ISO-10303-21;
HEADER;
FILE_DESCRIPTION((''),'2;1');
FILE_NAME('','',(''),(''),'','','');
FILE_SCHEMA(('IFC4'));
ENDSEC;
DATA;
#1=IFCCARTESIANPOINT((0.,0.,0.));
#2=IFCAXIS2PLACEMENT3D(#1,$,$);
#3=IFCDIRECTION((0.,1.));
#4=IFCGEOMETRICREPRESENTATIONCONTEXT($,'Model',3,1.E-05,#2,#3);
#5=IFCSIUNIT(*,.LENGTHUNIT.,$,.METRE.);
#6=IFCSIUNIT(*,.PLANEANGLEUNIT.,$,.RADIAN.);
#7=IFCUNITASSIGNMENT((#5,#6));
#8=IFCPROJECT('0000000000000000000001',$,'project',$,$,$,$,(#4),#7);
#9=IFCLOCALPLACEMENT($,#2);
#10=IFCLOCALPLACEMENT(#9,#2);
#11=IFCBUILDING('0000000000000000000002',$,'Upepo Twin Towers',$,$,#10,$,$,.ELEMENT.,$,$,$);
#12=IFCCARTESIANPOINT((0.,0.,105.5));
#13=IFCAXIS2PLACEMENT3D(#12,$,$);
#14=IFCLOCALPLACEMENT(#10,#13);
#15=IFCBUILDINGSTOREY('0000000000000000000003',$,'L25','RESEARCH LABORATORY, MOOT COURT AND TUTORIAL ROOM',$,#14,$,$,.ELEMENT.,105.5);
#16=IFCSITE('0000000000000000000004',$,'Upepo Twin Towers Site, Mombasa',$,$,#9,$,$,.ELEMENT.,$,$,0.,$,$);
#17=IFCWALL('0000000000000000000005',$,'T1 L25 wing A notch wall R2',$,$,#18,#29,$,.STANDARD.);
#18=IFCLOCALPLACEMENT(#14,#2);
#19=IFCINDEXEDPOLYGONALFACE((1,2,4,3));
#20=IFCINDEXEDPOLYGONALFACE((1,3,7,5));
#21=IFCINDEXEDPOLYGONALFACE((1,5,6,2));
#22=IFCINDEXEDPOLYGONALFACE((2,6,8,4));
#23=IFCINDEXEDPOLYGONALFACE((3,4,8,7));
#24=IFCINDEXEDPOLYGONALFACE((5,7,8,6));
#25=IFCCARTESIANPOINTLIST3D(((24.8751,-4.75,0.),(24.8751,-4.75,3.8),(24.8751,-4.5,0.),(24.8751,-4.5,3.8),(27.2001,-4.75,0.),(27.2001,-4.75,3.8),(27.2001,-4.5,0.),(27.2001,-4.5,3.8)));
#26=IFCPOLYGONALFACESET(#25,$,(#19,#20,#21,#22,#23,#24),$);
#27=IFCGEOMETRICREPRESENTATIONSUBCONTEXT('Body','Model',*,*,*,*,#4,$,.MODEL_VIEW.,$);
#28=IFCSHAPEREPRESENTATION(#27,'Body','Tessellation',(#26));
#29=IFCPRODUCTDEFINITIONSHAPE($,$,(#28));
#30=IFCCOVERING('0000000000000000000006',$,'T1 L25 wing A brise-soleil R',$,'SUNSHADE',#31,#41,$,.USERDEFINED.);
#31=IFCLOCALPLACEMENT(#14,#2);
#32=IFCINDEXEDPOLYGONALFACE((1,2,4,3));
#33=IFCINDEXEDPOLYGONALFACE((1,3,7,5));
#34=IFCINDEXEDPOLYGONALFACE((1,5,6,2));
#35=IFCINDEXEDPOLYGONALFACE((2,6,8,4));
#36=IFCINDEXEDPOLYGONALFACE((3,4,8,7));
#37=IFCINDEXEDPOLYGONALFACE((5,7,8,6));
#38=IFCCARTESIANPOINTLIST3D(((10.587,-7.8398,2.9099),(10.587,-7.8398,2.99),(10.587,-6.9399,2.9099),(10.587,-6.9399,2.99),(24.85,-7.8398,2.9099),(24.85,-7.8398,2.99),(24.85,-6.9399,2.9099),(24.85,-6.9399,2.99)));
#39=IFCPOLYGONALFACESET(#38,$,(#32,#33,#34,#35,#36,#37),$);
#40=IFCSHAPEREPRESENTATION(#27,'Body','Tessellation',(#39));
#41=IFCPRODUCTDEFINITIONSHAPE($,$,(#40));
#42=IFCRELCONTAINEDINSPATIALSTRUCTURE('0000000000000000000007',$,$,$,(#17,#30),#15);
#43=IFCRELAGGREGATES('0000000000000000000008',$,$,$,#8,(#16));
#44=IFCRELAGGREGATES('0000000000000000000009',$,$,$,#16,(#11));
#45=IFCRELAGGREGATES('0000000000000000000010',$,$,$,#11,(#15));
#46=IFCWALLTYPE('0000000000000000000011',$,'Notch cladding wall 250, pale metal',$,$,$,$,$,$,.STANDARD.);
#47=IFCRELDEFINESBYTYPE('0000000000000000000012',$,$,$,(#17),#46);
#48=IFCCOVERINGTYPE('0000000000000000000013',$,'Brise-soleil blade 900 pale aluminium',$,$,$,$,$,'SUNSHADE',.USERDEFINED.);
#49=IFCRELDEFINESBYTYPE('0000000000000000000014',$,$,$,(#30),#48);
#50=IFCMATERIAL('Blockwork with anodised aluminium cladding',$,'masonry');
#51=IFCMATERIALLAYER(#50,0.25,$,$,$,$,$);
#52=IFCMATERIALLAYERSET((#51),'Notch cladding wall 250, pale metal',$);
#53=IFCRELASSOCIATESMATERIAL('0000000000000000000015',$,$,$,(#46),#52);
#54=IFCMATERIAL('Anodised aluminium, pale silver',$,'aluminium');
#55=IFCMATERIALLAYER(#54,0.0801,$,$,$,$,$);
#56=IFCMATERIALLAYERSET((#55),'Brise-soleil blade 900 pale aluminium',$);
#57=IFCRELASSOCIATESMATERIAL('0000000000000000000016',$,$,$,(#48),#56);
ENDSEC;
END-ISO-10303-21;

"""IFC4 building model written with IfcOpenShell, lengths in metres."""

from ifc_helpers import new_model, si_unit, direction, frame, frame_2d, origin, origin_2d, place, context, subcontext, project, spatial, rectangle, extrude, material, layer, layer_set, type_object, element, save


model = new_model("IFC4")

# Units and contexts
model_context = context("Model", 3, precision=1e-05, world=origin(), true_north=direction((0.0, 1.0)))
body_context = subcontext(model_context, "Body", "Model", "MODEL_VIEW")
ifc_project = project(units=[si_unit("LENGTHUNIT", "METRE"), si_unit("PLANEANGLEUNIT", "RADIAN")], contexts=[model_context])

# Site, building, storey
site_placement = place(None, origin())
site = spatial("IfcSite", under=ifc_project, at=site_placement, Name="Upepo Twin Towers Site, Mombasa", CompositionType="ELEMENT", RefElevation=0.0)
building_placement = place(site_placement, origin())
building = spatial("IfcBuilding", under=site, at=building_placement, Name="Upepo Twin Towers", CompositionType="ELEMENT")
storey_placement = place(building_placement, frame((0.0, 0.0, 105.5)))
storey = spatial("IfcBuildingStorey", under=building, at=storey_placement, Name="L25", Description="RESEARCH LABORATORY, MOOT COURT AND TUTORIAL ROOM", CompositionType="ELEMENT", Elevation=105.5)

# Wall
ifc_material_1 = material(Name="Blockwork with anodised aluminium cladding", Category="masonry")
ifc_layer_1 = layer(ifc_material_1, 0.25)
ifc_layer_set_1 = layer_set([ifc_layer_1], Name="Notch cladding wall 250, pale metal")
wall_type_1 = type_object("IfcWallType", Name="Notch cladding wall 250, pale metal", PredefinedType="STANDARD", material=ifc_layer_set_1)
for number, where, z_axis, x_axis, name in (
    (1, (24.875, -4.625, 0.0), (0.0, 0.0, 1.0), (1.0, 0.0, 0.0), "T1 L25 wing A notch wall R2"),
):
    element("IfcWall", number, at=place(storey_placement, frame(where, z_axis=z_axis, x_axis=x_axis)), inside=storey, type_object=wall_type_1, Name=name, PredefinedType="STANDARD", context=body_context, shape_type="SweptSolid", body=[
        extrude(rectangle(XDim=2.325, YDim=0.25, at=frame_2d((1.1626, 0.0))), origin(), (0.0, 0.0, 1.0), 3.8),
    ])

# Covering
ifc_material_2 = material(Name="Anodised aluminium, pale silver", Category="aluminium")
ifc_layer_2 = layer(ifc_material_2, 0.0801)
ifc_layer_set_2 = layer_set([ifc_layer_2], Name="Brise-soleil blade 900 pale aluminium")
covering_type = type_object("IfcCoveringType", Name="Brise-soleil blade 900 pale aluminium", ElementType="SUNSHADE", PredefinedType="USERDEFINED", material=ifc_layer_set_2)
covering_placement = place(storey_placement, frame((17.7185, -7.3899, 2.9099), z_axis=(0.0, 0.0, 1.0), x_axis=(1.0, 0.0, 0.0)))
element("IfcCovering", 2, at=covering_placement, inside=storey, type_object=covering_type, Name="T1 L25 wing A brise-soleil R", ObjectType="SUNSHADE", PredefinedType="USERDEFINED", context=body_context, shape_type="SweptSolid", body=[
    extrude(rectangle(XDim=14.2629, YDim=0.8999, at=origin_2d()), origin(), (0.0, 0.0, 1.0), 0.0801),
])

save(model, "model.ifc")
